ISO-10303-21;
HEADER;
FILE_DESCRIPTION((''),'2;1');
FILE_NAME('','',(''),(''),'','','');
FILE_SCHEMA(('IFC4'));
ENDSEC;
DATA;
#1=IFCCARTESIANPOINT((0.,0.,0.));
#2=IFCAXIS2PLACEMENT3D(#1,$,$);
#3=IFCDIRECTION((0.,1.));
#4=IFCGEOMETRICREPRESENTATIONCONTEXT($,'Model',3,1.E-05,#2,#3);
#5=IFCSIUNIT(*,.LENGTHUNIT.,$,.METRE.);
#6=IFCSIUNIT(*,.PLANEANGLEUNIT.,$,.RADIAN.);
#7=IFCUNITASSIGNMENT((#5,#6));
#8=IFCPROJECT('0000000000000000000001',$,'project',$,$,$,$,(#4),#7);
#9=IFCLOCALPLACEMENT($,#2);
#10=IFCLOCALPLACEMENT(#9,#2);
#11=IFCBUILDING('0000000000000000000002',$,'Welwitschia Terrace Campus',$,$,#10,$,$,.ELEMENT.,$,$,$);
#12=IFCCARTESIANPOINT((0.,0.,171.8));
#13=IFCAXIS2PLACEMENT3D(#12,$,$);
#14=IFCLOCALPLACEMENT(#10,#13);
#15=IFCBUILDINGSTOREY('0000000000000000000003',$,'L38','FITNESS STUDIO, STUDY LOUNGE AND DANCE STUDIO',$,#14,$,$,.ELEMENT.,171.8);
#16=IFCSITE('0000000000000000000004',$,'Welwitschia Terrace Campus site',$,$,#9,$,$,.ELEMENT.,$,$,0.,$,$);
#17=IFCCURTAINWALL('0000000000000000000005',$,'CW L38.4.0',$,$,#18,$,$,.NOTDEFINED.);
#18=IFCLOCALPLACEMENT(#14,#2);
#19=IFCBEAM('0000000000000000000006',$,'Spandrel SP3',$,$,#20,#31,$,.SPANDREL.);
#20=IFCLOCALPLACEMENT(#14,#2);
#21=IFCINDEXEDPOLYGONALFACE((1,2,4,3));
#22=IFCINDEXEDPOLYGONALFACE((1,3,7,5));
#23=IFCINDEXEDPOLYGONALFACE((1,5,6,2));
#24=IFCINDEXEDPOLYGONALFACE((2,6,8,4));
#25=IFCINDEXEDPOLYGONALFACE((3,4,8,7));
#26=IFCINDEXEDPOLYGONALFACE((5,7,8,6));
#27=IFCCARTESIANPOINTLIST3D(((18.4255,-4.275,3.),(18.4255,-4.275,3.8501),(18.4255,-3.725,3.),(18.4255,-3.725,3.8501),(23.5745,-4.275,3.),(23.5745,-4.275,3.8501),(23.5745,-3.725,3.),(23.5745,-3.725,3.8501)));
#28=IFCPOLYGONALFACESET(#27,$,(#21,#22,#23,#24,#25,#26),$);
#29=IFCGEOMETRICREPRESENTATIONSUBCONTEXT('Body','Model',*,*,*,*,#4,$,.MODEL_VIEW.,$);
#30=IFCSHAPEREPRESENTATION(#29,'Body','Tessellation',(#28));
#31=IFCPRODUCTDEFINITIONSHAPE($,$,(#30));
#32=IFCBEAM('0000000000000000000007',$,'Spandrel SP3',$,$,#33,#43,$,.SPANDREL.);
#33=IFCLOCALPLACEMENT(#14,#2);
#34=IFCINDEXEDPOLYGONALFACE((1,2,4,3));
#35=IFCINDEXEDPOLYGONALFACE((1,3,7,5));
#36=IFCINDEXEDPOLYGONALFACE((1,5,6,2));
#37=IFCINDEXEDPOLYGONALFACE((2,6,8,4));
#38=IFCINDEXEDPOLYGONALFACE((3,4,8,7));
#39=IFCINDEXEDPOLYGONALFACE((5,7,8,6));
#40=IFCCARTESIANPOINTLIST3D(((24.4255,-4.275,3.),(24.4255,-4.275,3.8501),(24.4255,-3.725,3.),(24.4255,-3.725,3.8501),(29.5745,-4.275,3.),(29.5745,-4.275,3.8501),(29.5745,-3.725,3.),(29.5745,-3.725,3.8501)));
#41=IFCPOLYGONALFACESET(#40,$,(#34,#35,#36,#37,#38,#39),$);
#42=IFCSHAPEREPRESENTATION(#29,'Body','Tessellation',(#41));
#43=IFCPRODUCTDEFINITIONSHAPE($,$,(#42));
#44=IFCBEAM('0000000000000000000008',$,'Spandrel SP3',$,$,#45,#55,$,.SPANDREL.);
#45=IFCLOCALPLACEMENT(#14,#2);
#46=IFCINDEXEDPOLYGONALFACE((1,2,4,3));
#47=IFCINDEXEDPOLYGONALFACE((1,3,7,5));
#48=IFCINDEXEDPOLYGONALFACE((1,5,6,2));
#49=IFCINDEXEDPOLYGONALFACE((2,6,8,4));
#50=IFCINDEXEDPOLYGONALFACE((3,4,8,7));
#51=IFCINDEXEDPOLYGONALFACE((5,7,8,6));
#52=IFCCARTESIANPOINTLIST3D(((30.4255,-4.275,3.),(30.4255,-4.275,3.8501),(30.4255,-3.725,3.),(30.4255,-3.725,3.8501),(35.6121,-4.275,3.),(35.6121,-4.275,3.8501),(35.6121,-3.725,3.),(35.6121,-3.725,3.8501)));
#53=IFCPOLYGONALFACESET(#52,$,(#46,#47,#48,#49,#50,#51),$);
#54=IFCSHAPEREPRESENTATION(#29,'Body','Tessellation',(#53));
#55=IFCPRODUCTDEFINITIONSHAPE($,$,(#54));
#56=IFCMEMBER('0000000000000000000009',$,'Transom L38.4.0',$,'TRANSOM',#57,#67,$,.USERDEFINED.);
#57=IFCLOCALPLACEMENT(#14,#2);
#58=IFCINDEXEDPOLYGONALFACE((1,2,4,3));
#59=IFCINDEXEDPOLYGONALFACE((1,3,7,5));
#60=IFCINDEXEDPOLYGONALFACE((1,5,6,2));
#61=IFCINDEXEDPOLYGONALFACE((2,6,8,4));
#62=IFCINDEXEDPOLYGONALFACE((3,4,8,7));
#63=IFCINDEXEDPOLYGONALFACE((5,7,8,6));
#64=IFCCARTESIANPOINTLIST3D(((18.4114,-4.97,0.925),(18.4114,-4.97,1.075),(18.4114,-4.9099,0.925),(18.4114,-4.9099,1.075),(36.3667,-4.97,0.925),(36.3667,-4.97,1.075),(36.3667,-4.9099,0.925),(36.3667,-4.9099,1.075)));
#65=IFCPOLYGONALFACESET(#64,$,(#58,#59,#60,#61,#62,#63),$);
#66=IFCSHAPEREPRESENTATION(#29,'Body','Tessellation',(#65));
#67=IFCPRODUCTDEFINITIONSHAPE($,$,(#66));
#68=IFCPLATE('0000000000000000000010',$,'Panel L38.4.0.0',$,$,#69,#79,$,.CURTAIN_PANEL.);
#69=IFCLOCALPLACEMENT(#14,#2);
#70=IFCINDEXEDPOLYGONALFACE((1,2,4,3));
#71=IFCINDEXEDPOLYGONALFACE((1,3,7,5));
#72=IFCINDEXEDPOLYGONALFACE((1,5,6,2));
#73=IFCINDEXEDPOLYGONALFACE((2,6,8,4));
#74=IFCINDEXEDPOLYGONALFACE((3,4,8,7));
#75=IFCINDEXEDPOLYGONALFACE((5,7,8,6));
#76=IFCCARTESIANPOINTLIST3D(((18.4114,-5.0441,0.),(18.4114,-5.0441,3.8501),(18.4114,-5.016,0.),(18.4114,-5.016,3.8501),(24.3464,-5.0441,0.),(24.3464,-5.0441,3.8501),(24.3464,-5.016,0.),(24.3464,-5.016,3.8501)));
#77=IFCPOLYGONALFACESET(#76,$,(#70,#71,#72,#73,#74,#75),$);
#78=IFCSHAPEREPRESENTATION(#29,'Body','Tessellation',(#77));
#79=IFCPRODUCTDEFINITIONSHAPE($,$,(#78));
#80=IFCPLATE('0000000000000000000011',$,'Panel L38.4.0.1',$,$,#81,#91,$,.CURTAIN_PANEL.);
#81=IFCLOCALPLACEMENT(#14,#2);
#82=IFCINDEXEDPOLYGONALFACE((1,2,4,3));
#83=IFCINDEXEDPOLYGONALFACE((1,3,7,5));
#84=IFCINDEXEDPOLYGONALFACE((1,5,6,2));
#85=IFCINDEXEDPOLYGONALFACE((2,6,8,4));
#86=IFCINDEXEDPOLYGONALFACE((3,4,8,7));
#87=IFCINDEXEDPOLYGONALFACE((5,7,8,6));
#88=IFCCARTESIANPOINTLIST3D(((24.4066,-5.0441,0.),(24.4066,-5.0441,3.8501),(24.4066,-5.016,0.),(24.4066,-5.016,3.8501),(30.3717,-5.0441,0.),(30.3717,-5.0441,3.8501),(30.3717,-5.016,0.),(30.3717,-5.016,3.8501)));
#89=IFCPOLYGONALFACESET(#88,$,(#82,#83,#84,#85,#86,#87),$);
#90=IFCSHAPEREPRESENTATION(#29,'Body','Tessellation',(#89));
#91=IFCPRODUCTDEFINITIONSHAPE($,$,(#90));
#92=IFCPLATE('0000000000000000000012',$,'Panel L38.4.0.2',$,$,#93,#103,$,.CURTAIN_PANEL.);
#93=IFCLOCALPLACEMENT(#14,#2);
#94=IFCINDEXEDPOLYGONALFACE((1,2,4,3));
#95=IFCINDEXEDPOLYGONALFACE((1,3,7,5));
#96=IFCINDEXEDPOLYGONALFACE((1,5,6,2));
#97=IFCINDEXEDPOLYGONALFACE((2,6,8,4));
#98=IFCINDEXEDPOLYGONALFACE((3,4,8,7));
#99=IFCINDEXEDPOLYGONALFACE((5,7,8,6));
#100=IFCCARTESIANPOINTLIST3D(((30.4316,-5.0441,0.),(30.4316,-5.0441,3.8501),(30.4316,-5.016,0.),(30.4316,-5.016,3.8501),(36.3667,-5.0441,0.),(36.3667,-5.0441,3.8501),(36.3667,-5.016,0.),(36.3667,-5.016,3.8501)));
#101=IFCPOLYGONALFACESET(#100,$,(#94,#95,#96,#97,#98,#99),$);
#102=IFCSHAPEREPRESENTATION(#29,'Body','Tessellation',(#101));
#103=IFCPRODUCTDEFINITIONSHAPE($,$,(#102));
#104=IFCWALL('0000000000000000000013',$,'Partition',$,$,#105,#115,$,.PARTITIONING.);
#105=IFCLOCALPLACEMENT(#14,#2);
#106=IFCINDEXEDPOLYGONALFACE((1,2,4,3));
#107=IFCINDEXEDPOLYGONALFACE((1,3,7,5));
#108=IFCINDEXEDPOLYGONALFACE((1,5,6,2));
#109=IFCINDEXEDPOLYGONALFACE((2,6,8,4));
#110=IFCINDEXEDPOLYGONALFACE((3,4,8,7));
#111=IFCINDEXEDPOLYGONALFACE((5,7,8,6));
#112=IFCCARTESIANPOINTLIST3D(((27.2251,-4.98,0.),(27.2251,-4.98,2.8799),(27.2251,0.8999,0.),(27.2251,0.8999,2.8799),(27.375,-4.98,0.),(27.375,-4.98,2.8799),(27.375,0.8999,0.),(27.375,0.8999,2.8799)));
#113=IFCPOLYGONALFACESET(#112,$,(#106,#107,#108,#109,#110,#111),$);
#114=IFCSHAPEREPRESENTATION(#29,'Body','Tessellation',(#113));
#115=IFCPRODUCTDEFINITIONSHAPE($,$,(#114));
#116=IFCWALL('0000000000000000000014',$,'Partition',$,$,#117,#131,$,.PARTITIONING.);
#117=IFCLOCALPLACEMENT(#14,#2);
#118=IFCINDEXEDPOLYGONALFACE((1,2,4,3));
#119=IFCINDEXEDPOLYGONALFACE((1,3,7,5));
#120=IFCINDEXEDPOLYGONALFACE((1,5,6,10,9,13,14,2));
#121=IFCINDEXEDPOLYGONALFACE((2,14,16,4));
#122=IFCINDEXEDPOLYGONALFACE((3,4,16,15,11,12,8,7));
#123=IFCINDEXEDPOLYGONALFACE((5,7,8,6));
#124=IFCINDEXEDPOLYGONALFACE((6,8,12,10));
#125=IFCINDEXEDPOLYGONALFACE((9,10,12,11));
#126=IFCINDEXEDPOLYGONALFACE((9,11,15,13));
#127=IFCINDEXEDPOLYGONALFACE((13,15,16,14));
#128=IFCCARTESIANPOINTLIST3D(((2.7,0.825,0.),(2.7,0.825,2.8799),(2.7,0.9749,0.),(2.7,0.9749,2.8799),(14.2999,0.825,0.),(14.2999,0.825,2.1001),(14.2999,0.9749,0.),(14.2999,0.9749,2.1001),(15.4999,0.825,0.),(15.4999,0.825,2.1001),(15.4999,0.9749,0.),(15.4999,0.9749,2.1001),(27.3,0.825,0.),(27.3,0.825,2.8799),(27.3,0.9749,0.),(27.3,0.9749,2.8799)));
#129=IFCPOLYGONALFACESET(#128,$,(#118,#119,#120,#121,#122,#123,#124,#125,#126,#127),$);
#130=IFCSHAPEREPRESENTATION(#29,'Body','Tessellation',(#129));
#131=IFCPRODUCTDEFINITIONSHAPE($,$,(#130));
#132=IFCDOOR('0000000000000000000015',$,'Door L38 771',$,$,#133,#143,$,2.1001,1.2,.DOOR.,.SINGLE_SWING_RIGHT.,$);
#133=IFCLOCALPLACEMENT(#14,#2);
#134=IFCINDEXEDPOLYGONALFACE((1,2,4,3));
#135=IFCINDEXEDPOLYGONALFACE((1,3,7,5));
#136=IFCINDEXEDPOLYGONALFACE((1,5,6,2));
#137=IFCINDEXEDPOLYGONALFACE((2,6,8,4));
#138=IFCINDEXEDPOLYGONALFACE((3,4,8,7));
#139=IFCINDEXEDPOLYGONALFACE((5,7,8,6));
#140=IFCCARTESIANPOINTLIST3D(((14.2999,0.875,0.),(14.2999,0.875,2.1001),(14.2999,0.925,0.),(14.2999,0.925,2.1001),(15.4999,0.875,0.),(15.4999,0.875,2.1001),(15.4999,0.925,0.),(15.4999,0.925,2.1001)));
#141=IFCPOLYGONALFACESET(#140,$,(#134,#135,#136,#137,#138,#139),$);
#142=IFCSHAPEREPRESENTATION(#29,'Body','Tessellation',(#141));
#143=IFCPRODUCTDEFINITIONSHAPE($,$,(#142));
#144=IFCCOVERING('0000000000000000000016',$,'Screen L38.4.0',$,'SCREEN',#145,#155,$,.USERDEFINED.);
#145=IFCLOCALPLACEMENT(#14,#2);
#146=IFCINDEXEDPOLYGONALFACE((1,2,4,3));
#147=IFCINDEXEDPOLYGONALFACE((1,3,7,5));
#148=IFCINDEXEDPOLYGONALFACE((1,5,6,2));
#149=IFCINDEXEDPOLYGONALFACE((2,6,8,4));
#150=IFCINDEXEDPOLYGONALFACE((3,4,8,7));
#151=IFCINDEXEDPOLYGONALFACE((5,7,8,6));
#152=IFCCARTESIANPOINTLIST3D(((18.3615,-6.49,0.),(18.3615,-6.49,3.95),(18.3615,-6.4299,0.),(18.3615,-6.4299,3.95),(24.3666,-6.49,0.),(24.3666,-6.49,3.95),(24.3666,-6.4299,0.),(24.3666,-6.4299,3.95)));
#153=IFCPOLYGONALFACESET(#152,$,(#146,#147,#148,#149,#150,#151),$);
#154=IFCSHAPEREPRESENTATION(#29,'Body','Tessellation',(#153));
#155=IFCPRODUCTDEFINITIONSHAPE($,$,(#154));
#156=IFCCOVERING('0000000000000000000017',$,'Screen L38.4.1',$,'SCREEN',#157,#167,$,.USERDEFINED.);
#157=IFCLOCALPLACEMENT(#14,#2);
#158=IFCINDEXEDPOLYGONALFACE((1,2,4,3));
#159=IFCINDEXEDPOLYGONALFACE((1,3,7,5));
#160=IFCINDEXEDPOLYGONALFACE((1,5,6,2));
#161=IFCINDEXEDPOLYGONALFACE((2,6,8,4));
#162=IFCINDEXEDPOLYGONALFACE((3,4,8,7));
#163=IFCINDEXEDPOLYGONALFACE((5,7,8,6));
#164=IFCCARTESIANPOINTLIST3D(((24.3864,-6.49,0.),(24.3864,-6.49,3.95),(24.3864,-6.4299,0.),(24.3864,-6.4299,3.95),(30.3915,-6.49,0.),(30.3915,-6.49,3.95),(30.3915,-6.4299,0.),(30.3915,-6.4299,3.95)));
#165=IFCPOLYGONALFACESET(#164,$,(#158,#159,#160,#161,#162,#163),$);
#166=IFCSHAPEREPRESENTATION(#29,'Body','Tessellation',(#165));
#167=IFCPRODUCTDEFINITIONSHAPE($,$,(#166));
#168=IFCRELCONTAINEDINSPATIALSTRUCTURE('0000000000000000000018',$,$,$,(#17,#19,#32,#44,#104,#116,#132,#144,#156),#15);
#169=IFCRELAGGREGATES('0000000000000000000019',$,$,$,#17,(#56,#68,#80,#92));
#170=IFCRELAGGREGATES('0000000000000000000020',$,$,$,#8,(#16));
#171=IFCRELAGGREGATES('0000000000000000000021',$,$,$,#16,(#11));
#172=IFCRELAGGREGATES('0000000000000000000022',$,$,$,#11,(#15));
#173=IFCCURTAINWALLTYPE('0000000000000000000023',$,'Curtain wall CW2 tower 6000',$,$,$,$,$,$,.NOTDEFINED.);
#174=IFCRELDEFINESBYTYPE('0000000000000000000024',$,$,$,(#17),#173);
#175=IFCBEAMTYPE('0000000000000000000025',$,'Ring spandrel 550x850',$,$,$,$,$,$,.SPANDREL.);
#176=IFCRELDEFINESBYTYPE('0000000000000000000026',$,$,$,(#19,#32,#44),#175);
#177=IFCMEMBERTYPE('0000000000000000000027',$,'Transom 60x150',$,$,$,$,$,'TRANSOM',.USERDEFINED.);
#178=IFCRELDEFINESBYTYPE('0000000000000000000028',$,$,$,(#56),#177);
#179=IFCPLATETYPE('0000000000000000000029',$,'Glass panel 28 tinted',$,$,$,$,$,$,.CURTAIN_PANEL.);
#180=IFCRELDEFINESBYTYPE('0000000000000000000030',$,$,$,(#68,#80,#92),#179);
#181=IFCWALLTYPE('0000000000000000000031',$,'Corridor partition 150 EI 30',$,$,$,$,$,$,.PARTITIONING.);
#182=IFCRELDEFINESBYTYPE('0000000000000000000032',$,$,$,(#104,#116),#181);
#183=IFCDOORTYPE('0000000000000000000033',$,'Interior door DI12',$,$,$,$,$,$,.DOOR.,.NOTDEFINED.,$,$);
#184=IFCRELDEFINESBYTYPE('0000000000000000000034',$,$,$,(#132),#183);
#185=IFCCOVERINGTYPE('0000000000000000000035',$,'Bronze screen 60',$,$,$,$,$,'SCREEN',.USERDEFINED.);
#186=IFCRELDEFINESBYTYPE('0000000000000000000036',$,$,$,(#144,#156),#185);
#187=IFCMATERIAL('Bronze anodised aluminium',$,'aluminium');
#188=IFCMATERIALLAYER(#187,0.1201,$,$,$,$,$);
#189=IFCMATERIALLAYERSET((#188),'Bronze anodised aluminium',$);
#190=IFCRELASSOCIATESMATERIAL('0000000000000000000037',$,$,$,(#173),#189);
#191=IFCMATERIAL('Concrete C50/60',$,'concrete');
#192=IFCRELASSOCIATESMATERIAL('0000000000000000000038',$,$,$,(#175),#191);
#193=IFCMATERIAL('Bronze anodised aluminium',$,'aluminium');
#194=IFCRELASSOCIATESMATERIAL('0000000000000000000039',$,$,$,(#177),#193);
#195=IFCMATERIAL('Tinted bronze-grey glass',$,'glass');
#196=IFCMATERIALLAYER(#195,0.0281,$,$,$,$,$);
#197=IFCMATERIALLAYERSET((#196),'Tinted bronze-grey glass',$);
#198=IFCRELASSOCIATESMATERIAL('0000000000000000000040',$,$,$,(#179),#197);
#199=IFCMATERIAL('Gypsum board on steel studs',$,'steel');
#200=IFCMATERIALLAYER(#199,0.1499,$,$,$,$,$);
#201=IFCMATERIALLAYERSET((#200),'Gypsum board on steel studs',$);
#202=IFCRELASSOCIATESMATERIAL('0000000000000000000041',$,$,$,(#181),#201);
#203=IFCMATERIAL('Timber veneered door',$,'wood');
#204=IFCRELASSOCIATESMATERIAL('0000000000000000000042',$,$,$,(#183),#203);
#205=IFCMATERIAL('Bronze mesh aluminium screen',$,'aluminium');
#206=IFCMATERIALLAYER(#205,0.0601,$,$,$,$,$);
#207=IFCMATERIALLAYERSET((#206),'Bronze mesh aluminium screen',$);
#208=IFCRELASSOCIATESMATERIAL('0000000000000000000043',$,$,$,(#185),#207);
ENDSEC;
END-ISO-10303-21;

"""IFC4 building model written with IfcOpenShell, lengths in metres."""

from ifc_helpers import new_model, si_unit, direction, frame, frame_2d, origin, origin_2d, place, context, subcontext, project, spatial, rectangle, extrude, material, layer, layer_set, material_profile, profile_set, type_object, element, fill, aggregate, save


model = new_model("IFC4")

# Units and contexts
model_context = context("Model", 3, precision=1e-05, world=origin(), true_north=direction((0.0, 1.0)))
body_context = subcontext(model_context, "Body", "Model", "MODEL_VIEW")
ifc_project = project(units=[si_unit("LENGTHUNIT", "METRE"), si_unit("PLANEANGLEUNIT", "RADIAN")], contexts=[model_context])

# Site, building, storey
site_placement = place(None, origin())
site = spatial("IfcSite", under=ifc_project, at=site_placement, Name="Welwitschia Terrace Campus site", CompositionType="ELEMENT", RefElevation=0.0)
building_placement = place(site_placement, origin())
building = spatial("IfcBuilding", under=site, at=building_placement, Name="Welwitschia Terrace Campus", CompositionType="ELEMENT")
storey_placement = place(building_placement, frame((0.0, 0.0, 171.8)))
storey = spatial("IfcBuildingStorey", under=building, at=storey_placement, Name="L38", Description="FITNESS STUDIO, STUDY LOUNGE AND DANCE STUDIO", CompositionType="ELEMENT", Elevation=171.8)

# Shared definitions
ifc_material_1 = material(Name="Bronze anodised aluminium", Category="aluminium")
ifc_layer_1 = layer(ifc_material_1, 0.1201)
ifc_layer_set_1 = layer_set([ifc_layer_1], Name="Bronze anodised aluminium")
curtain_wall_type = type_object("IfcCurtainWallType", Name="Curtain wall CW2 tower 6000", PredefinedType="NOTDEFINED", material=ifc_layer_set_1)

# Curtain wall
curtain_wall_1_placement = place(storey_placement, origin())
curtain_wall_1 = element("IfcCurtainWall", 1, at=curtain_wall_1_placement, inside=storey, type_object=curtain_wall_type, Name="CW L38.4.0", PredefinedType="NOTDEFINED")

# Beams
ifc_material_2 = material(Name="Concrete C50/60", Category="concrete")
ifc_material_profile_1 = material_profile(ifc_material_2, rectangle(XDim=0.55, YDim=0.8501, at=origin_2d()))
ifc_profile_set_1 = profile_set([ifc_material_profile_1], Name="Concrete C50/60")
beam_type_1 = type_object("IfcBeamType", Name="Ring spandrel 550x850", PredefinedType="SPANDREL", material=ifc_profile_set_1)
for number, where, z_axis, x_axis, name in (
    (2, (18.4255, -4.0, 3.425), (1.0, 0.0, 0.0), (0.0, 1.0, 0.0), "Spandrel SP3"),
    (3, (24.4255, -4.0, 3.425), (1.0, 0.0, 0.0), (0.0, 1.0, 0.0), "Spandrel SP3"),
):
    element("IfcBeam", number, at=place(storey_placement, frame(where, z_axis=z_axis, x_axis=x_axis)), inside=storey, type_object=beam_type_1, Name=name, PredefinedType="SPANDREL", context=body_context, shape_type="SweptSolid", body=[
        extrude(rectangle(XDim=0.55, YDim=0.8501, at=origin_2d()), origin(), (0.0, 0.0, 1.0), 5.1489),
    ])
beam_1_placement = place(storey_placement, frame((30.4255, -4.0, 3.425), z_axis=(1.0, 0.0, 0.0), x_axis=(0.0, 1.0, 0.0)))
element("IfcBeam", 4, at=beam_1_placement, inside=storey, type_object=beam_type_1, Name="Spandrel SP3", PredefinedType="SPANDREL", context=body_context, shape_type="SweptSolid", body=[
    extrude(rectangle(XDim=0.55, YDim=0.8501, at=origin_2d()), origin(), (0.0, 0.0, 1.0), 5.1865),
])

# Member
ifc_material_3 = material(Name="Bronze anodised aluminium", Category="aluminium")
ifc_material_profile_2 = material_profile(ifc_material_3, rectangle(XDim=0.0601, YDim=0.1499, at=origin_2d()))
ifc_profile_set_2 = profile_set([ifc_material_profile_2], Name="Bronze anodised aluminium")
member_type_1 = type_object("IfcMemberType", Name="Transom 60x150", ElementType="TRANSOM", PredefinedType="USERDEFINED", material=ifc_profile_set_2)
member_1_placement = place(storey_placement, frame((18.4114, -4.9399, 1.0), z_axis=(1.0, 0.0, 0.0), x_axis=(0.0, 1.0, 0.0)))
member_1 = element("IfcMember", 5, at=member_1_placement, type_object=member_type_1, Name="Transom L38.4.0", ObjectType="TRANSOM", PredefinedType="USERDEFINED", context=body_context, shape_type="SweptSolid", body=[
    extrude(rectangle(XDim=0.0601, YDim=0.1499, at=origin_2d()), origin(), (0.0, 0.0, 1.0), 17.9553),
])

# Plates
ifc_material_4 = material(Name="Tinted bronze-grey glass", Category="glass")
ifc_layer_2 = layer(ifc_material_4, 0.0281)
ifc_layer_set_2 = layer_set([ifc_layer_2], Name="Tinted bronze-grey glass")
plate_type = type_object("IfcPlateType", Name="Glass panel 28 tinted", PredefinedType="CURTAIN_PANEL", material=ifc_layer_set_2)
plate_1_placement = place(storey_placement, frame((21.3789, -5.03, 0.0), z_axis=(0.0, 0.0, 1.0), x_axis=(1.0, 0.0, 0.0)))
plate_1 = element("IfcPlate", 6, at=plate_1_placement, type_object=plate_type, Name="Panel L38.4.0.0", PredefinedType="CURTAIN_PANEL", context=body_context, shape_type="SweptSolid", body=[
    extrude(rectangle(XDim=5.9351, YDim=0.0281, at=origin_2d()), origin(), (0.0, 0.0, 1.0), 3.8501),
])
plate_2_placement = place(storey_placement, frame((27.3892, -5.03, 0.0), z_axis=(0.0, 0.0, 1.0), x_axis=(1.0, 0.0, 0.0)))
plate_2 = element("IfcPlate", 7, at=plate_2_placement, type_object=plate_type, Name="Panel L38.4.0.1", PredefinedType="CURTAIN_PANEL", context=body_context, shape_type="SweptSolid", body=[
    extrude(rectangle(XDim=5.9651, YDim=0.0281, at=origin_2d()), origin(), (0.0, 0.0, 1.0), 3.8501),
])
plate_3_placement = place(storey_placement, frame((33.3992, -5.03, 0.0), z_axis=(0.0, 0.0, 1.0), x_axis=(1.0, 0.0, 0.0)))
plate_3 = element("IfcPlate", 8, at=plate_3_placement, type_object=plate_type, Name="Panel L38.4.0.2", PredefinedType="CURTAIN_PANEL", context=body_context, shape_type="SweptSolid", body=[
    extrude(rectangle(XDim=5.9351, YDim=0.0281, at=origin_2d()), origin(), (0.0, 0.0, 1.0), 3.8501),
])
aggregate(curtain_wall_1, [member_1, plate_1, plate_2, plate_3])

# Wall
ifc_material_5 = material(Name="Gypsum board on steel studs", Category="steel")
ifc_layer_3 = layer(ifc_material_5, 0.1499)
ifc_layer_set_3 = layer_set([ifc_layer_3], Name="Gypsum board on steel studs")
wall_type = type_object("IfcWallType", Name="Corridor partition 150 EI 30", PredefinedType="PARTITIONING", material=ifc_layer_set_3)
wall_1_placement = place(storey_placement, frame((27.3, -4.98, 0.0), z_axis=(0.0, 0.0, 1.0), x_axis=(0.0, 1.0, 0.0)))
element("IfcWall", 9, at=wall_1_placement, inside=storey, type_object=wall_type, Name="Partition", PredefinedType="PARTITIONING", context=body_context, shape_type="SweptSolid", body=[
    extrude(rectangle(XDim=5.8799, YDim=0.1499, at=frame_2d((2.9399, 0.0))), origin(), (0.0, 0.0, 1.0), 2.8799),
])

# Wall, opening, door
wall_2_placement = place(storey_placement, frame((27.3, 0.8999, 0.0), z_axis=(0.0, 0.0, 1.0), x_axis=(-1.0, 0.0, 0.0)))
wall_2 = element("IfcWall", 10, at=wall_2_placement, inside=storey, type_object=wall_type, Name="Partition", PredefinedType="PARTITIONING", context=body_context, shape_type="SweptSolid", body=[
    extrude(rectangle(XDim=24.6001, YDim=0.1499, at=frame_2d((12.3, 0.0))), origin(), (0.0, 0.0, 1.0), 2.8799),
])
opening_placement = place(wall_2_placement, frame((11.8, 0.0, 0.0)))
opening = element("IfcOpeningElement", 11, at=opening_placement, cuts=wall_2, PredefinedType="OPENING", context=body_context, shape_type="SweptSolid", body=[
    extrude(rectangle(XDim=1.2, YDim=2.1001, at=frame_2d((0.6001, 1.05))), frame((0.0, 0.085, 0.0), z_axis=(0.0, -1.0, 0.0), x_axis=(1.0, 0.0, 0.0)), (0.0, 0.0, 1.0), 0.1699),
])
ifc_material_6 = material(Name="Timber veneered door", Category="wood")
door_type = type_object("IfcDoorType", Name="Interior door DI12", OperationType="NOTDEFINED", PredefinedType="DOOR", material=ifc_material_6)
door_placement = place(opening_placement, origin())
door = element("IfcDoor", 12, at=door_placement, inside=storey, type_object=door_type, Name="Door L38 771", OperationType="SINGLE_SWING_RIGHT", OverallHeight=2.1001, OverallWidth=1.2, PredefinedType="DOOR", context=body_context, shape_type="SweptSolid", body=[
    extrude(rectangle(XDim=1.2, YDim=2.1001, at=frame_2d((0.6001, 1.05))), frame((0.0, 0.0249, 0.0), z_axis=(0.0, -1.0, 0.0), x_axis=(1.0, 0.0, 0.0)), (0.0, 0.0, 1.0), 0.05),
])
fill(opening, door)

# Coverings
ifc_material_7 = material(Name="Bronze mesh aluminium screen", Category="aluminium")
ifc_layer_4 = layer(ifc_material_7, 0.0601)
ifc_layer_set_4 = layer_set([ifc_layer_4], Name="Bronze mesh aluminium screen")
covering_type = type_object("IfcCoveringType", Name="Bronze screen 60", ElementType="SCREEN", PredefinedType="USERDEFINED", material=ifc_layer_set_4)
for number, where, z_axis, x_axis, name in (
    (13, (21.364, -6.46, 0.0), (0.0, 0.0, 1.0), (1.0, 0.0, 0.0), "Screen L38.4.0"),
    (14, (27.3889, -6.46, 0.0), (0.0, 0.0, 1.0), (1.0, 0.0, 0.0), "Screen L38.4.1"),
):
    element("IfcCovering", number, at=place(storey_placement, frame(where, z_axis=z_axis, x_axis=x_axis)), inside=storey, type_object=covering_type, Name=name, ObjectType="SCREEN", PredefinedType="USERDEFINED", context=body_context, shape_type="SweptSolid", body=[
        extrude(rectangle(XDim=6.0051, YDim=0.0601, at=origin_2d()), origin(), (0.0, 0.0, 1.0), 3.95),
    ])

save(model, "model.ifc")
